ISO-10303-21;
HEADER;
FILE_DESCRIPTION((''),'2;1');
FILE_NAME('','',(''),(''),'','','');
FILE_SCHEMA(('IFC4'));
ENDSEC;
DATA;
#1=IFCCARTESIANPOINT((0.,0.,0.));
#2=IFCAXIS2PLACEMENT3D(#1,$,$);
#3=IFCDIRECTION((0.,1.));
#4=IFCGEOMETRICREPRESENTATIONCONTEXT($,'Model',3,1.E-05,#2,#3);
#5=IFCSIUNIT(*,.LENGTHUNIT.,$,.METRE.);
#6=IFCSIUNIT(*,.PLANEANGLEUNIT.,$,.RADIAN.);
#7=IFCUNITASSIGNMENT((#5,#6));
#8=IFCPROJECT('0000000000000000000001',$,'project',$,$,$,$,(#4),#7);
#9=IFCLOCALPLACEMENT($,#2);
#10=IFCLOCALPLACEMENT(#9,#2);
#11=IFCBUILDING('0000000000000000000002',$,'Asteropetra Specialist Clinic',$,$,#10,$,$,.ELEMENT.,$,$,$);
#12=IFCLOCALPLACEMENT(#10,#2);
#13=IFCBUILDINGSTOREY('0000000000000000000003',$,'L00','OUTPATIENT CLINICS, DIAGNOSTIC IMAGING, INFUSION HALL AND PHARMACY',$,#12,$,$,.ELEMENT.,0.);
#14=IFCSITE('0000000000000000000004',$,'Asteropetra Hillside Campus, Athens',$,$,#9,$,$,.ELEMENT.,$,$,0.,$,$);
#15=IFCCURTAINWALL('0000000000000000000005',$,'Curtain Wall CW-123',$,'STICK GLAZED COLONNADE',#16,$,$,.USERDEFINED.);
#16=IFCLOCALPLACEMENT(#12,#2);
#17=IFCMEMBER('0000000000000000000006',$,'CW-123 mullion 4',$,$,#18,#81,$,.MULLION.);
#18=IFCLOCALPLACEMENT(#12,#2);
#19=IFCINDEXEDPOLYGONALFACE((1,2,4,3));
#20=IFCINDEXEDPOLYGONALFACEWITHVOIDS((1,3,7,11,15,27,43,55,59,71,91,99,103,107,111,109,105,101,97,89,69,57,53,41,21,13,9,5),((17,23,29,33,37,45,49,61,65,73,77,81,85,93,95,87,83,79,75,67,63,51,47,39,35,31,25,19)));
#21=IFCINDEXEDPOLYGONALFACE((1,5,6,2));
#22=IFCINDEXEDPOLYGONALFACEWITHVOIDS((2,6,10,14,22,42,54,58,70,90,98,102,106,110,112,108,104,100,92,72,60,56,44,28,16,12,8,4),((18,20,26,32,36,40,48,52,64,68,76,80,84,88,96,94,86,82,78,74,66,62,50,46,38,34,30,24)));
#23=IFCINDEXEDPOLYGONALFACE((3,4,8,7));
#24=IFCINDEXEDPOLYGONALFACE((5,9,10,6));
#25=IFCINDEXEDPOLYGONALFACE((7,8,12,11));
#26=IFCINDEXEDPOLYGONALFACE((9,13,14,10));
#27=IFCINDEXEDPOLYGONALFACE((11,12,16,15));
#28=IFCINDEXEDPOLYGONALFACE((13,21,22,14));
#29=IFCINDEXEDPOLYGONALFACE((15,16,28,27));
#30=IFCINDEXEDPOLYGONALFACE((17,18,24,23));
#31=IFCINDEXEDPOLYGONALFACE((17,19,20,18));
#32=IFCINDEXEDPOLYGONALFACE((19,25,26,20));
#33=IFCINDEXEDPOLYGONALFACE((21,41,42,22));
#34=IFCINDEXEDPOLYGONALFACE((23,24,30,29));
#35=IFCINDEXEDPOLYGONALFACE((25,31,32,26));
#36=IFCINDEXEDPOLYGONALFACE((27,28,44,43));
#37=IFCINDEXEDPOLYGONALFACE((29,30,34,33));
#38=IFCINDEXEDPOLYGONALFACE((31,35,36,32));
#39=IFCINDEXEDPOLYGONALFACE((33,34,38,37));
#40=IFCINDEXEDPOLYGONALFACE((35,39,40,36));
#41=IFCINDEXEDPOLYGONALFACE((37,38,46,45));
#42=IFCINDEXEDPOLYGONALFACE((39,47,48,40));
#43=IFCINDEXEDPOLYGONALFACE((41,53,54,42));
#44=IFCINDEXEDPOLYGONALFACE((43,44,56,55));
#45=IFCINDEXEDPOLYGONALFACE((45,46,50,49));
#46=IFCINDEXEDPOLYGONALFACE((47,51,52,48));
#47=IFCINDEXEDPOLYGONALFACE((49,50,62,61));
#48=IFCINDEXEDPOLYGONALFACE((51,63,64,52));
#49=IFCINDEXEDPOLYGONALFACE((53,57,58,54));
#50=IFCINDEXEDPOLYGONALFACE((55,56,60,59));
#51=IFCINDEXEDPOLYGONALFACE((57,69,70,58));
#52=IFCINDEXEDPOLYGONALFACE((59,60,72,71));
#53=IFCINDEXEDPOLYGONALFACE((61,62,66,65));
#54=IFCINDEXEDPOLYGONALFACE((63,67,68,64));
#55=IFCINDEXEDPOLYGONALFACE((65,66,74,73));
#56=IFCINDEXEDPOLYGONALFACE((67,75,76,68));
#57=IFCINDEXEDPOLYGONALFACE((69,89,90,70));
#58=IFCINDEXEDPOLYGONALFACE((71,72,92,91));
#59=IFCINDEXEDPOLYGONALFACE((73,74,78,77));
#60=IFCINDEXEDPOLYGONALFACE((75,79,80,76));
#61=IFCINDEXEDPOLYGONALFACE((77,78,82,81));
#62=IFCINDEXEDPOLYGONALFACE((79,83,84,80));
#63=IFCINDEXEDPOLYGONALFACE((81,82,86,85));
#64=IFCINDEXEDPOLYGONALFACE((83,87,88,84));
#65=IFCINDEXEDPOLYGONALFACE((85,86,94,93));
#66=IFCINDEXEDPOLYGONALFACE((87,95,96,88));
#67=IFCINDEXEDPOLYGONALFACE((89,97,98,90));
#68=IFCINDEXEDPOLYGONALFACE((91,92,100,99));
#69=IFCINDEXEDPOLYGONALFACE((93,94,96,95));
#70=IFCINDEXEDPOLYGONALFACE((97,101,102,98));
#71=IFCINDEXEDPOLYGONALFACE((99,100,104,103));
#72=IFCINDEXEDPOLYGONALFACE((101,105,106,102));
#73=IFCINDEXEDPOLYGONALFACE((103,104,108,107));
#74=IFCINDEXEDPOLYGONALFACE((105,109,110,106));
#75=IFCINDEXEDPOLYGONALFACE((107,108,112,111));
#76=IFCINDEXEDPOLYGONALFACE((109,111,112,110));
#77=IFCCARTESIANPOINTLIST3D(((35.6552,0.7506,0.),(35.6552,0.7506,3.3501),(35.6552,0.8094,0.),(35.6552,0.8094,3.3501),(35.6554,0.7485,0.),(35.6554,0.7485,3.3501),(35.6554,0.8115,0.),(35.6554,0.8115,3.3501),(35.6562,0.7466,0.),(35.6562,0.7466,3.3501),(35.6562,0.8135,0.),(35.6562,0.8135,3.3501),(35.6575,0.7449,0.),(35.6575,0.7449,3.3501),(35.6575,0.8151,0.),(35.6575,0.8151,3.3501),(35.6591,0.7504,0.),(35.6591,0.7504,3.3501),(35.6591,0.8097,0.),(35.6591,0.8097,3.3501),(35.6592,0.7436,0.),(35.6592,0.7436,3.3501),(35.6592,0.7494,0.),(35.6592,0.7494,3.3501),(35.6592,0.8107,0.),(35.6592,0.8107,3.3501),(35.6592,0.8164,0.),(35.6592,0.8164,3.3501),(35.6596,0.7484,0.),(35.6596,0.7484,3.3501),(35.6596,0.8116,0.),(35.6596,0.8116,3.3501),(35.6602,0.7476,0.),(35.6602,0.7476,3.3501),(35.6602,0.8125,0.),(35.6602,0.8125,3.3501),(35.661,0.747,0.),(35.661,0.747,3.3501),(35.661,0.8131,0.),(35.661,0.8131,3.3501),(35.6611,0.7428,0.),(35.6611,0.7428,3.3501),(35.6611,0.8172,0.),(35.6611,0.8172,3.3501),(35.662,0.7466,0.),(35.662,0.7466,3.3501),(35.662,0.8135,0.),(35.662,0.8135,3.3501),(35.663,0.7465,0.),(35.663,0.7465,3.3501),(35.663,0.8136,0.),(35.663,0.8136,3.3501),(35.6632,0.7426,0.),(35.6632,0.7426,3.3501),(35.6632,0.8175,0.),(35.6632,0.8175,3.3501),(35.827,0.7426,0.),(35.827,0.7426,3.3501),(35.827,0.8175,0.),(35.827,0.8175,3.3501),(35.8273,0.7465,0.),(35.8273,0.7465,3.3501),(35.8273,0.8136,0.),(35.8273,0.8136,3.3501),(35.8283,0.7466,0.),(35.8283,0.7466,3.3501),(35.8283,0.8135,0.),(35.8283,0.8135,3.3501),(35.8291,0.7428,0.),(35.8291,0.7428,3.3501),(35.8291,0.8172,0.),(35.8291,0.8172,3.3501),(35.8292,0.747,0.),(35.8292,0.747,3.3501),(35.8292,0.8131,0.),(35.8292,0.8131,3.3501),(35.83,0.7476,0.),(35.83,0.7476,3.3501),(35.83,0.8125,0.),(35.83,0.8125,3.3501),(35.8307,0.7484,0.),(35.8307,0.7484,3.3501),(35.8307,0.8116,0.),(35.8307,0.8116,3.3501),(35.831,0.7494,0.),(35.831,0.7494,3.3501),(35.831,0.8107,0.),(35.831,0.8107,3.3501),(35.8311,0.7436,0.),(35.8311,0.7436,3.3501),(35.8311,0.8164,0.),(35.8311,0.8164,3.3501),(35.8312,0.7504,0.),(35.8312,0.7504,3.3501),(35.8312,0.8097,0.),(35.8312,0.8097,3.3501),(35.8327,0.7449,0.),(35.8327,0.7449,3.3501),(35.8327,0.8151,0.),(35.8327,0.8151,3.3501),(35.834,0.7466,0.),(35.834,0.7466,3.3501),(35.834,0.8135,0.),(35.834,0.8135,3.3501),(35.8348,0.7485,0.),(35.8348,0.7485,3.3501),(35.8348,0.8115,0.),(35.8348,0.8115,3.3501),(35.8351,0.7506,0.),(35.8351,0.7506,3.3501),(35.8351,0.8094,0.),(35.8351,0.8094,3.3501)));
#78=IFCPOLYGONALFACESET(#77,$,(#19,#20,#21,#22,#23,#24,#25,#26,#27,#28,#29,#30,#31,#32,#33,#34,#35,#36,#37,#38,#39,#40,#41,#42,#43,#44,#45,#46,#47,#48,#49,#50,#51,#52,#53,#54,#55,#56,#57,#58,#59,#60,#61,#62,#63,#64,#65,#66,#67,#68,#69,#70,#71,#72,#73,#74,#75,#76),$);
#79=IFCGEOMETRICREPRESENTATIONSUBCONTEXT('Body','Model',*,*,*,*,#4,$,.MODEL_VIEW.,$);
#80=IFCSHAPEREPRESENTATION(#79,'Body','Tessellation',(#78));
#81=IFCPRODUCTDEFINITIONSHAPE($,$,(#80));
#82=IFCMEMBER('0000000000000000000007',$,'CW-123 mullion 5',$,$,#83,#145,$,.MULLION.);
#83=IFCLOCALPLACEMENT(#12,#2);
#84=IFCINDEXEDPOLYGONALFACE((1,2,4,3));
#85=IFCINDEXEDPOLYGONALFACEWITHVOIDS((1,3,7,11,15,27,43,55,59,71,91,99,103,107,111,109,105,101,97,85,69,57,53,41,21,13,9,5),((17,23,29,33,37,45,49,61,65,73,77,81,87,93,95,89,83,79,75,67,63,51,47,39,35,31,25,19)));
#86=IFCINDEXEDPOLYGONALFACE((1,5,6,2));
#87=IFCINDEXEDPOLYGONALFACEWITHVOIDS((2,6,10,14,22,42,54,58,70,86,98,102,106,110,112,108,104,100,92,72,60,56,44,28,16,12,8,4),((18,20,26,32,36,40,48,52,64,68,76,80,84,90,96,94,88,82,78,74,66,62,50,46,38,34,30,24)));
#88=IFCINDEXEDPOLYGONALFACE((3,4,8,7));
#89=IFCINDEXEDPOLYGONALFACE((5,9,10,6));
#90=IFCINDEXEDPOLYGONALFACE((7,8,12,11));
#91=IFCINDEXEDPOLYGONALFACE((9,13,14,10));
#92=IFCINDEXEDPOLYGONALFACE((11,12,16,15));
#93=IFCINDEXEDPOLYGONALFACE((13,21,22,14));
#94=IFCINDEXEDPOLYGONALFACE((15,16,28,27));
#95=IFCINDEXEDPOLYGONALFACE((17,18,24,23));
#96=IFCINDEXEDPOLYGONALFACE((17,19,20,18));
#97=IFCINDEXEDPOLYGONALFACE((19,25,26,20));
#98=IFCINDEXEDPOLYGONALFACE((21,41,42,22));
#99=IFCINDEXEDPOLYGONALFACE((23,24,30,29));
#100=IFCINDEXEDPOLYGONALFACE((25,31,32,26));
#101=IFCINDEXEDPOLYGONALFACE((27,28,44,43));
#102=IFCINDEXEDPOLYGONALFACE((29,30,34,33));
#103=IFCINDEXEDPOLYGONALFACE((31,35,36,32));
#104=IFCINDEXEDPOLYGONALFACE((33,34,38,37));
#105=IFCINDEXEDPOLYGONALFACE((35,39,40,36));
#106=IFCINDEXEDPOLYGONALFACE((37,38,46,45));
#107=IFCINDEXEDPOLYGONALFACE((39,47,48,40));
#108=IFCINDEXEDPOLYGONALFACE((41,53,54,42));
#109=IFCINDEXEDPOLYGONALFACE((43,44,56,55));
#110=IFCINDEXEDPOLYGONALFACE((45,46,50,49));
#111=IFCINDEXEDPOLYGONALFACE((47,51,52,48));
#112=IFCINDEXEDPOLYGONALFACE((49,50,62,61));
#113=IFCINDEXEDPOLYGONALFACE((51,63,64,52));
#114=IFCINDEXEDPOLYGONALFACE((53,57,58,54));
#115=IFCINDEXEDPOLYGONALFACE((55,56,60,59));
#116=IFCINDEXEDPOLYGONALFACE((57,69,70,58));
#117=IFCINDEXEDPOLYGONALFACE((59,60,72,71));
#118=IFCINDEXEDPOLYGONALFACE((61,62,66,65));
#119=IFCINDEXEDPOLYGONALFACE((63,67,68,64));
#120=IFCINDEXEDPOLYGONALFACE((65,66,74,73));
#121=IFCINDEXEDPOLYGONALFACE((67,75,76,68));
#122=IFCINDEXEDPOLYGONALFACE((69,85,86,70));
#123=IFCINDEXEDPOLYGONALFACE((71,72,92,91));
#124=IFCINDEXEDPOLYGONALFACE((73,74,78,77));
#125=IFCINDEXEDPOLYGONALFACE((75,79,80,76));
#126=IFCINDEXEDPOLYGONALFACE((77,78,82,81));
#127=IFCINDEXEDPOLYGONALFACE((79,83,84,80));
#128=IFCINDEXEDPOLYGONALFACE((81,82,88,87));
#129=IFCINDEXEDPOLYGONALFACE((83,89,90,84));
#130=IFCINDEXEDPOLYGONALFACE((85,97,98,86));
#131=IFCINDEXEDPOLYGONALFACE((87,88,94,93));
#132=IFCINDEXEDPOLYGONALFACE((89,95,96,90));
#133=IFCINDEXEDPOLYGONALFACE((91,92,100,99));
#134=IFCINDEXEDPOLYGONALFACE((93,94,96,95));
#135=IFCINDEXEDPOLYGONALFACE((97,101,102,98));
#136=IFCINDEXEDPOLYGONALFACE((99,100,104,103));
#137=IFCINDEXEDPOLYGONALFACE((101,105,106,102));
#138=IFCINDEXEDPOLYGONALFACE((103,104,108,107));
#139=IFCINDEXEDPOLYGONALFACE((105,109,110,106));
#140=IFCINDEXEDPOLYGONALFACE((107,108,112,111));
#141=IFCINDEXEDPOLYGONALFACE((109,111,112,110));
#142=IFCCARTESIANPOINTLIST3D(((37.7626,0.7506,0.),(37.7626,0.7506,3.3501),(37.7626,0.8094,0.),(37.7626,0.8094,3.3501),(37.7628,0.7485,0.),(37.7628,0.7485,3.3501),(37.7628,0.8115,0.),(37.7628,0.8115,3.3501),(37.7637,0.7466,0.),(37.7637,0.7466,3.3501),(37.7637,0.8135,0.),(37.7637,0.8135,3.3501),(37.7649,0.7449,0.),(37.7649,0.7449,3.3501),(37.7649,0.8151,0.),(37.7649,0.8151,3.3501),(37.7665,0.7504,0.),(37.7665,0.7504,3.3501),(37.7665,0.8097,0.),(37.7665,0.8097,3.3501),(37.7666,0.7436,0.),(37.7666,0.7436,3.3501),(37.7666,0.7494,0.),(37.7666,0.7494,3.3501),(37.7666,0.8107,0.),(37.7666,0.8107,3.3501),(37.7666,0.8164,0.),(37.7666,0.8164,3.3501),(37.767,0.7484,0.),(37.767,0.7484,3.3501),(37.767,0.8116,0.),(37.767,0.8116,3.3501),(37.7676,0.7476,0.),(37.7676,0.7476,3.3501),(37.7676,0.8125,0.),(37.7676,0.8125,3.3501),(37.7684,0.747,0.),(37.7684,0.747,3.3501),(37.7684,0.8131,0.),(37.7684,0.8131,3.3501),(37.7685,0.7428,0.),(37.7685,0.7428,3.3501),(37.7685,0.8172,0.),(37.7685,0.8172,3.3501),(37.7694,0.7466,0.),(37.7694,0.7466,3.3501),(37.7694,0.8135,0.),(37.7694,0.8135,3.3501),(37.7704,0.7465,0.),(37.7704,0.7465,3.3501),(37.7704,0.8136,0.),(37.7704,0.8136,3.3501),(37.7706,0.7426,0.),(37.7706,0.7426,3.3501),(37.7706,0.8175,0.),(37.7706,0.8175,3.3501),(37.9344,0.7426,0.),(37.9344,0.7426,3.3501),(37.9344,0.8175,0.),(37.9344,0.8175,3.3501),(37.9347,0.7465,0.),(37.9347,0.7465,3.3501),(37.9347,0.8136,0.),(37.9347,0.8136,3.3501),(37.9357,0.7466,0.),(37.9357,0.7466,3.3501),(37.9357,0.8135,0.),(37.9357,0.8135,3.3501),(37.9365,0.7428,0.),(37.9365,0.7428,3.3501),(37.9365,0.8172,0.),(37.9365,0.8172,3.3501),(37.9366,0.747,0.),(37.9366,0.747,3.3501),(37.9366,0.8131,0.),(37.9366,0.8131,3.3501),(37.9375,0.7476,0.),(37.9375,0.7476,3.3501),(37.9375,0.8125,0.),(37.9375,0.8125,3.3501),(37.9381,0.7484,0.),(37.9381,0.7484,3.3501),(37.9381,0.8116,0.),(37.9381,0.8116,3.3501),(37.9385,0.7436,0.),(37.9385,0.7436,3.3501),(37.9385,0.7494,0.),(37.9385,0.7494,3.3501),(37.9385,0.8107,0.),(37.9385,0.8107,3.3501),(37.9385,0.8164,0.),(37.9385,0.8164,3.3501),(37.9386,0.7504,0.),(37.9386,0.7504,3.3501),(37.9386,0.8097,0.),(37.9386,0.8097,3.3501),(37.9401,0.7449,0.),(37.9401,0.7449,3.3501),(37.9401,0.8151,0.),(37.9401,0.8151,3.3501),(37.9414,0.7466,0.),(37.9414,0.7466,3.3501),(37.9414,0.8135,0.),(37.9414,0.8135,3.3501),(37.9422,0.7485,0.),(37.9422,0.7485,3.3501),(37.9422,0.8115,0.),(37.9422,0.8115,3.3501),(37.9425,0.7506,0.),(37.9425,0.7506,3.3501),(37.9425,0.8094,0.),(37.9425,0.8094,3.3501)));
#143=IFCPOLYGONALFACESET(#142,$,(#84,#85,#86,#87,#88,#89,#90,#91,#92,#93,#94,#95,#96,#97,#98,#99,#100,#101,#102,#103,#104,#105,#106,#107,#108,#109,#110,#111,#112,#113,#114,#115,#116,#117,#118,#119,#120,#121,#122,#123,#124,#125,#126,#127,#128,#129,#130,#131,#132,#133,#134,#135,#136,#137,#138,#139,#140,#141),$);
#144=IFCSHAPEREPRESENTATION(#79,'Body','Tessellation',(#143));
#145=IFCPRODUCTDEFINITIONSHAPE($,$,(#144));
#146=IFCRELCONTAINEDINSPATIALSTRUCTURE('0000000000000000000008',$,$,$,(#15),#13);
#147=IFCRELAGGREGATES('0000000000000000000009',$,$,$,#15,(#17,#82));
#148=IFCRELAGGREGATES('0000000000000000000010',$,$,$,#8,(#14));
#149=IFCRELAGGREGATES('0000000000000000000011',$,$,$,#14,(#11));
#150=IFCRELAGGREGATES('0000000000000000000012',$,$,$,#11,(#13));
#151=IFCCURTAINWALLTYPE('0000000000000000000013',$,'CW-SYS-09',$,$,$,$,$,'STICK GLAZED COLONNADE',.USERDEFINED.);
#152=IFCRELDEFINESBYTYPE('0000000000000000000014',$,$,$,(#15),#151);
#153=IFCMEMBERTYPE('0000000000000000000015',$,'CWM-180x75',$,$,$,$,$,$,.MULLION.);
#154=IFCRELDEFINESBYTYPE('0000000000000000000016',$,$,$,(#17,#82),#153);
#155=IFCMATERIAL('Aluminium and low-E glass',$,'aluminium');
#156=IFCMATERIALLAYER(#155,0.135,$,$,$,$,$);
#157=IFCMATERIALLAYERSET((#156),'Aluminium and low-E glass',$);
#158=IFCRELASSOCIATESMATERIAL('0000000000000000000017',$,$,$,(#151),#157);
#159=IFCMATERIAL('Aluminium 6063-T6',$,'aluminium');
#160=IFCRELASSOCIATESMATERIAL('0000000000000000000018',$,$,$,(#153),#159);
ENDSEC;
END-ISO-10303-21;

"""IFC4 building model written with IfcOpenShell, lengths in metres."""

from ifc_helpers import new_model, si_unit, direction, frame, origin, origin_2d, place, context, subcontext, project, spatial, hollow_rectangle, extrude, material, layer, layer_set, material_profile, profile_set, type_object, element, aggregate, save


model = new_model("IFC4")

# Units and contexts
model_context = context("Model", 3, precision=1e-05, world=origin(), true_north=direction((0.0, 1.0)))
body_context = subcontext(model_context, "Body", "Model", "MODEL_VIEW")
ifc_project = project(units=[si_unit("LENGTHUNIT", "METRE"), si_unit("PLANEANGLEUNIT", "RADIAN")], contexts=[model_context])

# Site, building, storey
site_placement = place(None, origin())
site = spatial("IfcSite", under=ifc_project, at=site_placement, Name="Asteropetra Hillside Campus, Athens", CompositionType="ELEMENT", RefElevation=0.0)
building_placement = place(site_placement, origin())
building = spatial("IfcBuilding", under=site, at=building_placement, Name="Asteropetra Specialist Clinic", CompositionType="ELEMENT")
storey_placement = place(building_placement, origin())
storey = spatial("IfcBuildingStorey", under=building, at=storey_placement, Name="L00", Description="OUTPATIENT CLINICS, DIAGNOSTIC IMAGING, INFUSION HALL AND PHARMACY", CompositionType="ELEMENT", Elevation=0.0)

# Curtain wall, members
ifc_material_1 = material(Name="Aluminium and low-E glass", Category="aluminium")
ifc_layer_1 = layer(ifc_material_1, 0.135)
ifc_layer_set_1 = layer_set([ifc_layer_1], Name="Aluminium and low-E glass")
curtain_wall_type_1 = type_object("IfcCurtainWallType", Name="CW-SYS-09", ElementType="STICK GLAZED COLONNADE", PredefinedType="USERDEFINED", material=ifc_layer_set_1)
curtain_wall_1_placement = place(storey_placement, origin())
curtain_wall_1 = element("IfcCurtainWall", 1, at=curtain_wall_1_placement, inside=storey, type_object=curtain_wall_type_1, Name="Curtain Wall CW-123", ObjectType="STICK GLAZED COLONNADE", PredefinedType="USERDEFINED")
ifc_material_2 = material(Name="Aluminium 6063-T6", Category="aluminium")
ifc_material_profile_1 = material_profile(ifc_material_2, hollow_rectangle(XDim=0.075, YDim=0.1799, WallThickness=0.0039, InnerFilletRadius=0.0039, OuterFilletRadius=0.0081, at=origin_2d()), Name="MUL 180x75x4.0")
ifc_profile_set_1 = profile_set([ifc_material_profile_1], Name="Aluminium 6063-T6")
member_type_1 = type_object("IfcMemberType", Name="CWM-180x75", PredefinedType="MULLION", material=ifc_profile_set_1)
member_1_placement = place(storey_placement, frame((35.7451, 0.78, 0.0), z_axis=(0.0, 0.0, 1.0), x_axis=(0.0, 1.0, 0.0)))
member_1 = element("IfcMember", 2, at=member_1_placement, type_object=member_type_1, Name="CW-123 mullion 4", PredefinedType="MULLION", context=body_context, shape_type="SweptSolid", body=[
    extrude(hollow_rectangle(XDim=0.075, YDim=0.1799, WallThickness=0.0039, InnerFilletRadius=0.0039, OuterFilletRadius=0.0081, at=origin_2d()), origin(), (0.0, 0.0, 1.0), 3.3501),
])
member_2_placement = place(storey_placement, frame((37.8525, 0.78, 0.0), z_axis=(0.0, 0.0, 1.0), x_axis=(0.0, 1.0, 0.0)))
member_2 = element("IfcMember", 3, at=member_2_placement, type_object=member_type_1, Name="CW-123 mullion 5", PredefinedType="MULLION", context=body_context, shape_type="SweptSolid", body=[
    extrude(hollow_rectangle(XDim=0.075, YDim=0.1799, WallThickness=0.0039, InnerFilletRadius=0.0039, OuterFilletRadius=0.0081, at=origin_2d()), origin(), (0.0, 0.0, 1.0), 3.3501),
])

aggregate(curtain_wall_1, [member_1, member_2])

save(model, "model.ifc")
